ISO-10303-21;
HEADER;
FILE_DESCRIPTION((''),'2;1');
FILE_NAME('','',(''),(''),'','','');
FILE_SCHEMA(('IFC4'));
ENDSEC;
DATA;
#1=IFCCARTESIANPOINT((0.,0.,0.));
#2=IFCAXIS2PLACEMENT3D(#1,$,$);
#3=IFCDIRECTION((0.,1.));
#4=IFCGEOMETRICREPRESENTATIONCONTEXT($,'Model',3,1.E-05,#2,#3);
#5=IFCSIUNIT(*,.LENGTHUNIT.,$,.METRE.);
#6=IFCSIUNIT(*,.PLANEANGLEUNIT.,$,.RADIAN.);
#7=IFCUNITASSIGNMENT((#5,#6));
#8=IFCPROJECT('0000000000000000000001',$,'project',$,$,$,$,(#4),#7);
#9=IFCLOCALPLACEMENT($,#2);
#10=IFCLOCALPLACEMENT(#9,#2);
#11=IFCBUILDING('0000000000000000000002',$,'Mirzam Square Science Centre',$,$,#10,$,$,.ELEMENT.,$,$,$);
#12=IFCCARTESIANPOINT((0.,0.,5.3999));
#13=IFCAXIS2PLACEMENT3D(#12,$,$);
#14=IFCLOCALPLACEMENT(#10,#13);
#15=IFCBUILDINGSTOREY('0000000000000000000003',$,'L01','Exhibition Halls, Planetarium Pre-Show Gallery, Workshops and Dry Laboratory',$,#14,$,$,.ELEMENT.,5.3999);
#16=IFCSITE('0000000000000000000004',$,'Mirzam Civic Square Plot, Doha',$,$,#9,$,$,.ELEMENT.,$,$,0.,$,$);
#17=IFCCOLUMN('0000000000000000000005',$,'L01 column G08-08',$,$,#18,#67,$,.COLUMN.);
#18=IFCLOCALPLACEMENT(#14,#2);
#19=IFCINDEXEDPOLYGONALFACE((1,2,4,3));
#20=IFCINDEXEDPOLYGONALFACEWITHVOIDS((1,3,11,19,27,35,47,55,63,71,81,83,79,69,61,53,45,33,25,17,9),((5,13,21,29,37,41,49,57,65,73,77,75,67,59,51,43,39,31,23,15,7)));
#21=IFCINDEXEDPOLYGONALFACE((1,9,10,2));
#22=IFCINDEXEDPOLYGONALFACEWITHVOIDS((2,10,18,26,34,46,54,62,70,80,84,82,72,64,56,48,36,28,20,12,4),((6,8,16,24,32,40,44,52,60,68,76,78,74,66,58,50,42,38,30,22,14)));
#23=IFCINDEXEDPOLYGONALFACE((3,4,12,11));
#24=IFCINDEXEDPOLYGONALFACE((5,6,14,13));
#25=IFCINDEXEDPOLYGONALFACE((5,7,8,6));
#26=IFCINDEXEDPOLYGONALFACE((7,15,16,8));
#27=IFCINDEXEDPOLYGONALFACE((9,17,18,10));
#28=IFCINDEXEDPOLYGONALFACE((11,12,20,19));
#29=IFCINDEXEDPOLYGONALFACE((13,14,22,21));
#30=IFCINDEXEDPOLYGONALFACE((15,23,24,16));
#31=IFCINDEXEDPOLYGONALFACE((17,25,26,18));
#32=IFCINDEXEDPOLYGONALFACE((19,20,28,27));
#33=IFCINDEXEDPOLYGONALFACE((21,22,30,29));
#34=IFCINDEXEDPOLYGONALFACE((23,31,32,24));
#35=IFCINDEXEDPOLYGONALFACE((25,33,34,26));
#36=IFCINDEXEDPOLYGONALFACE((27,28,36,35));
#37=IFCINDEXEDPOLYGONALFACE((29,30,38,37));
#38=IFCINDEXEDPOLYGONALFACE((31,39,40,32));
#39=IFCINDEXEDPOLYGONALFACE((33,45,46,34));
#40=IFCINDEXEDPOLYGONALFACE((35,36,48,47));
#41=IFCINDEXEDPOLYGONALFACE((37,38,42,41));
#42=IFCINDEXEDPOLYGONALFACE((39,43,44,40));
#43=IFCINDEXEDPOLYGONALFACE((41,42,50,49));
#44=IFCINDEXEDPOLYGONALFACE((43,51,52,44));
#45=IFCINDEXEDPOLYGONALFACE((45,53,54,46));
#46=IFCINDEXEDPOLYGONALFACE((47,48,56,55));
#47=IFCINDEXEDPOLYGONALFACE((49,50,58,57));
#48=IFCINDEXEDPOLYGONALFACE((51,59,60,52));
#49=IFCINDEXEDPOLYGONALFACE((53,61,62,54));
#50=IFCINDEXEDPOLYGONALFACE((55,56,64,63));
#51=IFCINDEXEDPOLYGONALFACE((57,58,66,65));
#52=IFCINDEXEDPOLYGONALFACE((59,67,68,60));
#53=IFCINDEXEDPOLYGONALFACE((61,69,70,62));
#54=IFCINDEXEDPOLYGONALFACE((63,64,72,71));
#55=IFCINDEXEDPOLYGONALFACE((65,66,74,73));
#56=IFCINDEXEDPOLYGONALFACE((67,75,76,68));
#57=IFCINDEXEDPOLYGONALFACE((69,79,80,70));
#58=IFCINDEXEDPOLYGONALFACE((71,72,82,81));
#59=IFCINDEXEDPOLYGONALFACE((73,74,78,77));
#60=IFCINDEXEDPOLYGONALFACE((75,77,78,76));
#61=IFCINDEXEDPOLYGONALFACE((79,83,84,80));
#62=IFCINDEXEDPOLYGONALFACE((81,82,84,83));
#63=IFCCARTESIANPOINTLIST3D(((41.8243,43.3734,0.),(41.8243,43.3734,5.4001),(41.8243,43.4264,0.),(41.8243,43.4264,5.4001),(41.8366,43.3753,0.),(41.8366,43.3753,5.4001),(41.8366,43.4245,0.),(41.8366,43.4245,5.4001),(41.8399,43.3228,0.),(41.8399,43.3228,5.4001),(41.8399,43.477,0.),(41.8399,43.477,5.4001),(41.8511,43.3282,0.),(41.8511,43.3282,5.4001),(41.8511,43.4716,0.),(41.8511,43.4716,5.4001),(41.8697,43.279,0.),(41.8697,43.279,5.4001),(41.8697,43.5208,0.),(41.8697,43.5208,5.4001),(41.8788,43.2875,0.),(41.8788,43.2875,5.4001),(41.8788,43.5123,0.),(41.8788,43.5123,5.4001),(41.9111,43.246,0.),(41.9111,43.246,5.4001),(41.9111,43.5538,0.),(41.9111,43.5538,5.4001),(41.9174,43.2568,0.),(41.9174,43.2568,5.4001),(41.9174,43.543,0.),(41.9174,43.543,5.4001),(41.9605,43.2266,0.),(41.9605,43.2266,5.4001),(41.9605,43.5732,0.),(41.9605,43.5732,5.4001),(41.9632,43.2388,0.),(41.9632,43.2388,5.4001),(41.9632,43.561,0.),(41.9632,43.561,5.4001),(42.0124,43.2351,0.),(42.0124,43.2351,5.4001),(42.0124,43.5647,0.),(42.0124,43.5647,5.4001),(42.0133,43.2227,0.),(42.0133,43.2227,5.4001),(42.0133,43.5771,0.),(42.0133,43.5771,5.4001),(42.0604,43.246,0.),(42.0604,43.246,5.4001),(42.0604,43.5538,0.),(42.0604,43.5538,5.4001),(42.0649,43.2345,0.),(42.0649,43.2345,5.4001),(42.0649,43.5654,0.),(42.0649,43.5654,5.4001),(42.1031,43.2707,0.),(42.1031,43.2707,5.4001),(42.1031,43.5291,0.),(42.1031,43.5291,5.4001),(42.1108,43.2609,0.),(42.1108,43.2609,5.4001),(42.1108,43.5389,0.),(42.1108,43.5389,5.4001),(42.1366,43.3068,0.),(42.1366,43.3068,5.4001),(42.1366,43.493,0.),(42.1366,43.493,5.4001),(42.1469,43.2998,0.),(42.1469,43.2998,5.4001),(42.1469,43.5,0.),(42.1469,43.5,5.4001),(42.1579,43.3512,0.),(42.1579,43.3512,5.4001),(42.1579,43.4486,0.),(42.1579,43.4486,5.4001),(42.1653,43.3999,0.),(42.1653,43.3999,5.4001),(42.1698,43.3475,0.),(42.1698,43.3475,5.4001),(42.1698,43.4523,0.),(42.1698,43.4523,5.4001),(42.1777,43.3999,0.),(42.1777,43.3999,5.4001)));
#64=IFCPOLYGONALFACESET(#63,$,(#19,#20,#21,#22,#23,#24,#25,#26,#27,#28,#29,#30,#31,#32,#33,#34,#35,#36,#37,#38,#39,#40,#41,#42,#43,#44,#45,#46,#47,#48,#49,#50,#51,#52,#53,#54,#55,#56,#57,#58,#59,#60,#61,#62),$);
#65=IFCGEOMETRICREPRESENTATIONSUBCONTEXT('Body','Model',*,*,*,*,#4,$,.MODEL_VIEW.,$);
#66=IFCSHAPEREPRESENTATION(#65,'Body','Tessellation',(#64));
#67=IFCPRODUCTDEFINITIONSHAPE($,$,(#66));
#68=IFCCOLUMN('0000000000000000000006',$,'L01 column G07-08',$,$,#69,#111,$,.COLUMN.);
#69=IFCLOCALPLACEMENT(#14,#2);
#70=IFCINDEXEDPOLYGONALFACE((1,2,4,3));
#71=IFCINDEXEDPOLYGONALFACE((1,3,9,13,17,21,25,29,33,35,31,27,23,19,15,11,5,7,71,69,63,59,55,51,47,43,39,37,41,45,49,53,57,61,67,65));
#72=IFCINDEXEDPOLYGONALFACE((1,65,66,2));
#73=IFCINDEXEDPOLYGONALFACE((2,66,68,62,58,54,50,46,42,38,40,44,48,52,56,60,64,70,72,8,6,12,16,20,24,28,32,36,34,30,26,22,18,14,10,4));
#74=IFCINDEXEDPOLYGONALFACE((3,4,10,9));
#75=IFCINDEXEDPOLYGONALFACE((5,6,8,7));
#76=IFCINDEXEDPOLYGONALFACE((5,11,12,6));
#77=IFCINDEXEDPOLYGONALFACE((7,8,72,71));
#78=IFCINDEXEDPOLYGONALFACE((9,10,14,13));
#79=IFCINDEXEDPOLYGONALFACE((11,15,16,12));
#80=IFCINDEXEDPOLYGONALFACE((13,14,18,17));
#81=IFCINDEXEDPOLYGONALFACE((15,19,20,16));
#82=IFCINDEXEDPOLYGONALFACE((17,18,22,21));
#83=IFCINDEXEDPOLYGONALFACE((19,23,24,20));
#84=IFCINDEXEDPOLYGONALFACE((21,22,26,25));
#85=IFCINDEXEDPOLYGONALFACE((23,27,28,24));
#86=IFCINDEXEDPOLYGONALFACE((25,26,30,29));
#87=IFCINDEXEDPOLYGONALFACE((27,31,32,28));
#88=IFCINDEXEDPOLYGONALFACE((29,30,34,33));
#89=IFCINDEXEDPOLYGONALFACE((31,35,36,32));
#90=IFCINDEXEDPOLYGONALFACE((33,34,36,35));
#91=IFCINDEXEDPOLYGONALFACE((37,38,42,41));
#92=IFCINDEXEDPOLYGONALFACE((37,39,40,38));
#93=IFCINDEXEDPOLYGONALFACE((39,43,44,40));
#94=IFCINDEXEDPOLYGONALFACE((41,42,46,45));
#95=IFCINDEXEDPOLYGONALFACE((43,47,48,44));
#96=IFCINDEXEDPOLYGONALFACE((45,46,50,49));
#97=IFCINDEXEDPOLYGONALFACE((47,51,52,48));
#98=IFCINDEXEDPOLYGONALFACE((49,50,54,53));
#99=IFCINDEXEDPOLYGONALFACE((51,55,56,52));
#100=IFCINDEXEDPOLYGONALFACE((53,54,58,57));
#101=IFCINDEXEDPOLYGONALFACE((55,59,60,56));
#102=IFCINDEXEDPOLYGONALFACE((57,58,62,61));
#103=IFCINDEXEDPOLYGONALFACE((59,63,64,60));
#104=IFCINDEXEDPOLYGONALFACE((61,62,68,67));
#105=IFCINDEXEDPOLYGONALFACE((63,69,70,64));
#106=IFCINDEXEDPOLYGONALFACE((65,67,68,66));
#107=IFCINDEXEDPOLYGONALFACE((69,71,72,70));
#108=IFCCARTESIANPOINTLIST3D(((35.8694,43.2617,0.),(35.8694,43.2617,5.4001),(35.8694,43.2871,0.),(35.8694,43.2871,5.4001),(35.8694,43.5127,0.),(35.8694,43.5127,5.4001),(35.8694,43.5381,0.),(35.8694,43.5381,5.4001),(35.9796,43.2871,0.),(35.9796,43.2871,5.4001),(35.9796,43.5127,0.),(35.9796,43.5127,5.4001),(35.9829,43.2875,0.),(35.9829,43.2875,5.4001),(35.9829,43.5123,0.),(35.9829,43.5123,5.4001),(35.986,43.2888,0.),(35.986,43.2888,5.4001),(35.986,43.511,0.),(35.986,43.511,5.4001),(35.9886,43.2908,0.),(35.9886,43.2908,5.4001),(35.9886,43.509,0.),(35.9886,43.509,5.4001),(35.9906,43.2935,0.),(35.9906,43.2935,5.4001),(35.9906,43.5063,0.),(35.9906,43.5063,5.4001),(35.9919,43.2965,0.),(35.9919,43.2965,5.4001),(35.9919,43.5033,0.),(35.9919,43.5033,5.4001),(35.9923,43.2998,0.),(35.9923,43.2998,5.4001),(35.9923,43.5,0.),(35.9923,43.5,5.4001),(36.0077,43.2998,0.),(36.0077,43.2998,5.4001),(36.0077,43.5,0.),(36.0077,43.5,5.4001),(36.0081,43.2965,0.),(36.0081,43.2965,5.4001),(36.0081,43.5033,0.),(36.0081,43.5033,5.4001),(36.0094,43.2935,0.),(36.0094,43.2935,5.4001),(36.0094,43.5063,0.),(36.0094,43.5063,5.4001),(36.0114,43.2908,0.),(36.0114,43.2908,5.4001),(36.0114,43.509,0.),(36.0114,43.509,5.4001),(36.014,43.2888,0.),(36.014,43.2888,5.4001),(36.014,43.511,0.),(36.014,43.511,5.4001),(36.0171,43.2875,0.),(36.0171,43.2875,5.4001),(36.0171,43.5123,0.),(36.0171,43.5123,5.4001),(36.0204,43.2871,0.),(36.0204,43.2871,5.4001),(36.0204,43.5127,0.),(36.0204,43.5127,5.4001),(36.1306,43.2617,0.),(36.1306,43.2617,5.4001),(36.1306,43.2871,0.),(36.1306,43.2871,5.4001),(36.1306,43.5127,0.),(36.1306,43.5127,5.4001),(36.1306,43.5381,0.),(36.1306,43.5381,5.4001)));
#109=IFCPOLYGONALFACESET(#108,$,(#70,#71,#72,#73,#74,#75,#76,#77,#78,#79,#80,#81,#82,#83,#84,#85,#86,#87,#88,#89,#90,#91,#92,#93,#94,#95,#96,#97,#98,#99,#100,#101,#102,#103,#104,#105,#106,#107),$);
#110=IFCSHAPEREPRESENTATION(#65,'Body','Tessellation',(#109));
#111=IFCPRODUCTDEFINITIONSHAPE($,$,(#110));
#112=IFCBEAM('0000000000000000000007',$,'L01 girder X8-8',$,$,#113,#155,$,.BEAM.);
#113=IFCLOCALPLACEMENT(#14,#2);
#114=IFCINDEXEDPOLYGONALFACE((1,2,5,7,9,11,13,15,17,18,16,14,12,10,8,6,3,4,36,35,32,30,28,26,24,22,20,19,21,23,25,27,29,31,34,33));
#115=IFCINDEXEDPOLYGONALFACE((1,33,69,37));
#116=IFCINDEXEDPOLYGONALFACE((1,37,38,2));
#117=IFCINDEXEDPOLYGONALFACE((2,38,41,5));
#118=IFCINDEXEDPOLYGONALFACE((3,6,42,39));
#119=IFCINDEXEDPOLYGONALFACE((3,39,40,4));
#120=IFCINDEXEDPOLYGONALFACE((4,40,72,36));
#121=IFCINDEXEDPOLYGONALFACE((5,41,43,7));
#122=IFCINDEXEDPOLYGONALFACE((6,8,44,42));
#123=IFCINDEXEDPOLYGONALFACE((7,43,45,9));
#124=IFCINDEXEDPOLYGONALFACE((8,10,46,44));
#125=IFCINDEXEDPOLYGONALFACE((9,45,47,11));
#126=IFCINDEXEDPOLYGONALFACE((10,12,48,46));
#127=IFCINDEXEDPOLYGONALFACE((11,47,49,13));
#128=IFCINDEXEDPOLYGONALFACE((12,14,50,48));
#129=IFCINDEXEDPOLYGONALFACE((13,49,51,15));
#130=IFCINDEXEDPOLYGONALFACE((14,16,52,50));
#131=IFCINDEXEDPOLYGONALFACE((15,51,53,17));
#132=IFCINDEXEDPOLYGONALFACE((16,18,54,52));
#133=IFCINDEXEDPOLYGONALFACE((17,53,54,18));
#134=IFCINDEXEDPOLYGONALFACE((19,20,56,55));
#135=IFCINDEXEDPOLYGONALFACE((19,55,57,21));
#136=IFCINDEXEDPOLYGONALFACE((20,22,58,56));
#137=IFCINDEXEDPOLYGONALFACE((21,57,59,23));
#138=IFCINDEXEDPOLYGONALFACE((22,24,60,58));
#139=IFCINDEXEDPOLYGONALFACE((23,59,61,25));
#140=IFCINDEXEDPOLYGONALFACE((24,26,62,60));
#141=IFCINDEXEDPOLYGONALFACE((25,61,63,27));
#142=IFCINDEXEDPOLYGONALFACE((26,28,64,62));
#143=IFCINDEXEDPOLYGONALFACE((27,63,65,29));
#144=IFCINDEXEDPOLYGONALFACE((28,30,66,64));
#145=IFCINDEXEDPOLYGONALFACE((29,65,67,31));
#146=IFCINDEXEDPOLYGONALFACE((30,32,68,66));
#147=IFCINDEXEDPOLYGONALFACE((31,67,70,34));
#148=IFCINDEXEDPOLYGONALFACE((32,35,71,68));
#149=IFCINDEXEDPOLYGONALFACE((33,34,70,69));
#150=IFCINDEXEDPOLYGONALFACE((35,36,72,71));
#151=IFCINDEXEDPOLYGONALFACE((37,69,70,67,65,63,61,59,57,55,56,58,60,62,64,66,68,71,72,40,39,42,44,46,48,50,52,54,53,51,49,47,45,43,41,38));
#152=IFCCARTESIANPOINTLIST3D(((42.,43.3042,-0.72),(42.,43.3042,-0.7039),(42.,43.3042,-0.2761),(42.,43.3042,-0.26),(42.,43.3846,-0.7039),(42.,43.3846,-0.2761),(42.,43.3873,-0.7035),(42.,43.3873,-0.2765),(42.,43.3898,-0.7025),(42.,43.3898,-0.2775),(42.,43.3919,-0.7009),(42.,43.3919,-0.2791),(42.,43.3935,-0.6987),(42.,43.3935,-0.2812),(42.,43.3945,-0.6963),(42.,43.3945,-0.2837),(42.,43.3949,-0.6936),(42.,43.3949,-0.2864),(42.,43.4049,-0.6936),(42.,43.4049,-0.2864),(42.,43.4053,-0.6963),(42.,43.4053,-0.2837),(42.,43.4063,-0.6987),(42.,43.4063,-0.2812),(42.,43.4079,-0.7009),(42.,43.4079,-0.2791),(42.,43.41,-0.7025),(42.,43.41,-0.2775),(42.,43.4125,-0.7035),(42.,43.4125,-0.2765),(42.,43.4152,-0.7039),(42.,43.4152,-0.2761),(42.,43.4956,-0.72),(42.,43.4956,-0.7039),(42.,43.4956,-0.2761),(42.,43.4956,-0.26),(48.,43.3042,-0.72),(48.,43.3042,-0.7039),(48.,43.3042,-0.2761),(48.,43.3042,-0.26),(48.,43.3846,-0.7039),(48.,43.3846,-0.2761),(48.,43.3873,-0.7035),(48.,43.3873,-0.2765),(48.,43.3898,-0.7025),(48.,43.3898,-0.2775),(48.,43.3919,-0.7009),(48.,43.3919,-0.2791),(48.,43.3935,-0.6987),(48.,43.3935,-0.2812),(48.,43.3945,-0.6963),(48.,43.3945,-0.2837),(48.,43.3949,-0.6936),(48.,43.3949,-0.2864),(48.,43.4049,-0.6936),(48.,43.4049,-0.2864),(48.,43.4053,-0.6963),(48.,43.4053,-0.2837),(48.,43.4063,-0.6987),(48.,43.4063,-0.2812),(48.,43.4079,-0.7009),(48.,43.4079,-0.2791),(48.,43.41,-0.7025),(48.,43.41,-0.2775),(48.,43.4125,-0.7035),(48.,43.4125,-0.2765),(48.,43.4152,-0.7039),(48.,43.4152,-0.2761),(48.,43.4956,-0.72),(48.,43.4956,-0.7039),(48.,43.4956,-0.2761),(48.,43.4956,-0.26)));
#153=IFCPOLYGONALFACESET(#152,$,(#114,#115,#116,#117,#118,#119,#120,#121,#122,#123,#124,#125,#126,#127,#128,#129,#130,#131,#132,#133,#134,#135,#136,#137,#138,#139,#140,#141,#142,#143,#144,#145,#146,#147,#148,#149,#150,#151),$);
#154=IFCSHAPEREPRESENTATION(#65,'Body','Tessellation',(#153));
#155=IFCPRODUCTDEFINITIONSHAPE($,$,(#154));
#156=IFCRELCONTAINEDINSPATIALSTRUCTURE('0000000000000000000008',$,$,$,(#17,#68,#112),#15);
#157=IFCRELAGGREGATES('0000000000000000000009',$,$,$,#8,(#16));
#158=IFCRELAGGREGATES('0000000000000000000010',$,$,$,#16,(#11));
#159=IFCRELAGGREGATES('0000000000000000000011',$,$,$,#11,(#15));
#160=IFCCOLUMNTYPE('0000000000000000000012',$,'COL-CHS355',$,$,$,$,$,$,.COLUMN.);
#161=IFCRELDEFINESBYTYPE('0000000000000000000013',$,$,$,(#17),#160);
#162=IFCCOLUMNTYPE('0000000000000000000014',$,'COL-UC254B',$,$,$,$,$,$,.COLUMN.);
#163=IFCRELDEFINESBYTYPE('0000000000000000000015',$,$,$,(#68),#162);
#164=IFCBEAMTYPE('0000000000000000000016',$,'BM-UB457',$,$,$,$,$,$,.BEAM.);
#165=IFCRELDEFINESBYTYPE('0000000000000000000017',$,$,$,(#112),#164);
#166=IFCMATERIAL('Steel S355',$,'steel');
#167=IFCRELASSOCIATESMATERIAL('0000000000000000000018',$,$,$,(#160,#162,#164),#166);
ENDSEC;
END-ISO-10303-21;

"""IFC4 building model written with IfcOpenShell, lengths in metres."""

from ifc_helpers import new_model, si_unit, direction, frame, origin, origin_2d, place, context, subcontext, project, spatial, hollow_circle, i_section, extrude, material, material_profile, profile_set, type_object, element, save


model = new_model("IFC4")

# Units and contexts
model_context = context("Model", 3, precision=1e-05, world=origin(), true_north=direction((0.0, 1.0)))
body_context = subcontext(model_context, "Body", "Model", "MODEL_VIEW")
ifc_project = project(units=[si_unit("LENGTHUNIT", "METRE"), si_unit("PLANEANGLEUNIT", "RADIAN")], contexts=[model_context])

# Site, building, storey
site_placement = place(None, origin())
site = spatial("IfcSite", under=ifc_project, at=site_placement, Name="Mirzam Civic Square Plot, Doha", CompositionType="ELEMENT", RefElevation=0.0)
building_placement = place(site_placement, origin())
building = spatial("IfcBuilding", under=site, at=building_placement, Name="Mirzam Square Science Centre", CompositionType="ELEMENT")
storey_placement = place(building_placement, frame((0.0, 0.0, 5.3999)))
storey = spatial("IfcBuildingStorey", under=building, at=storey_placement, Name="L01", Description="Exhibition Halls, Planetarium Pre-Show Gallery, Workshops and Dry Laboratory", CompositionType="ELEMENT", Elevation=5.3999)

# Columns
ifc_material_1 = material(Name="Steel S355", Category="steel")
ifc_material_profile_1 = material_profile(ifc_material_1, hollow_circle(Radius=0.1777, WallThickness=0.0125, at=origin_2d()), Name="355.6x12.5CHS")
ifc_profile_set_1 = profile_set([ifc_material_profile_1], Name="Steel S355")
column_type_1 = type_object("IfcColumnType", Name="COL-CHS355", PredefinedType="COLUMN", material=ifc_profile_set_1)
column_1_placement = place(storey_placement, frame((42.0, 43.3999, 0.0), z_axis=(0.0, 0.0, 1.0), x_axis=(1.0, 0.0, 0.0)))
element("IfcColumn", 1, at=column_1_placement, inside=storey, type_object=column_type_1, Name="L01 column G08-08", PredefinedType="COLUMN", context=body_context, shape_type="SweptSolid", body=[
    extrude(hollow_circle(Radius=0.1777, WallThickness=0.0125, at=origin_2d()), origin(), (0.0, 0.0, 1.0), 5.4001),
])
ifc_material_profile_2 = material_profile(ifc_material_1, i_section(OverallWidth=0.2612, OverallDepth=0.2764, WebThickness=0.0154, FlangeThickness=0.0254, FilletRadius=0.0127, at=origin_2d()), Name="254x254x132UC")
ifc_profile_set_2 = profile_set([ifc_material_profile_2], Name="Steel S355")
column_type_2 = type_object("IfcColumnType", Name="COL-UC254B", PredefinedType="COLUMN", material=ifc_profile_set_2)
column_2_placement = place(storey_placement, frame((36.0, 43.3999, 0.0), z_axis=(0.0, 0.0, 1.0), x_axis=(1.0, 0.0, 0.0)))
element("IfcColumn", 2, at=column_2_placement, inside=storey, type_object=column_type_2, Name="L01 column G07-08", PredefinedType="COLUMN", context=body_context, shape_type="SweptSolid", body=[
    extrude(i_section(OverallWidth=0.2612, OverallDepth=0.2764, WebThickness=0.0154, FlangeThickness=0.0254, FilletRadius=0.0127, at=origin_2d()), origin(), (0.0, 0.0, 1.0), 5.4001),
])

# Beam
ifc_material_profile_3 = material_profile(ifc_material_1, i_section(OverallWidth=0.1914, OverallDepth=0.46, WebThickness=0.01, FlangeThickness=0.0161, FilletRadius=0.0103, at=origin_2d()), Name="457x191x82UB")
ifc_profile_set_3 = profile_set([ifc_material_profile_3], Name="Steel S355")
beam_type_1 = type_object("IfcBeamType", Name="BM-UB457", PredefinedType="BEAM", material=ifc_profile_set_3)
beam_1_placement = place(storey_placement, frame((42.0, 43.3999, -0.49), z_axis=(1.0, 0.0, 0.0), x_axis=(0.0, 1.0, 0.0)))
element("IfcBeam", 3, at=beam_1_placement, inside=storey, type_object=beam_type_1, Name="L01 girder X8-8", PredefinedType="BEAM", context=body_context, shape_type="SweptSolid", body=[
    extrude(i_section(OverallWidth=0.1914, OverallDepth=0.46, WebThickness=0.01, FlangeThickness=0.0161, FilletRadius=0.0103, at=origin_2d()), origin(), (0.0, 0.0, 1.0), 6.0),
])

save(model, "model.ifc")
